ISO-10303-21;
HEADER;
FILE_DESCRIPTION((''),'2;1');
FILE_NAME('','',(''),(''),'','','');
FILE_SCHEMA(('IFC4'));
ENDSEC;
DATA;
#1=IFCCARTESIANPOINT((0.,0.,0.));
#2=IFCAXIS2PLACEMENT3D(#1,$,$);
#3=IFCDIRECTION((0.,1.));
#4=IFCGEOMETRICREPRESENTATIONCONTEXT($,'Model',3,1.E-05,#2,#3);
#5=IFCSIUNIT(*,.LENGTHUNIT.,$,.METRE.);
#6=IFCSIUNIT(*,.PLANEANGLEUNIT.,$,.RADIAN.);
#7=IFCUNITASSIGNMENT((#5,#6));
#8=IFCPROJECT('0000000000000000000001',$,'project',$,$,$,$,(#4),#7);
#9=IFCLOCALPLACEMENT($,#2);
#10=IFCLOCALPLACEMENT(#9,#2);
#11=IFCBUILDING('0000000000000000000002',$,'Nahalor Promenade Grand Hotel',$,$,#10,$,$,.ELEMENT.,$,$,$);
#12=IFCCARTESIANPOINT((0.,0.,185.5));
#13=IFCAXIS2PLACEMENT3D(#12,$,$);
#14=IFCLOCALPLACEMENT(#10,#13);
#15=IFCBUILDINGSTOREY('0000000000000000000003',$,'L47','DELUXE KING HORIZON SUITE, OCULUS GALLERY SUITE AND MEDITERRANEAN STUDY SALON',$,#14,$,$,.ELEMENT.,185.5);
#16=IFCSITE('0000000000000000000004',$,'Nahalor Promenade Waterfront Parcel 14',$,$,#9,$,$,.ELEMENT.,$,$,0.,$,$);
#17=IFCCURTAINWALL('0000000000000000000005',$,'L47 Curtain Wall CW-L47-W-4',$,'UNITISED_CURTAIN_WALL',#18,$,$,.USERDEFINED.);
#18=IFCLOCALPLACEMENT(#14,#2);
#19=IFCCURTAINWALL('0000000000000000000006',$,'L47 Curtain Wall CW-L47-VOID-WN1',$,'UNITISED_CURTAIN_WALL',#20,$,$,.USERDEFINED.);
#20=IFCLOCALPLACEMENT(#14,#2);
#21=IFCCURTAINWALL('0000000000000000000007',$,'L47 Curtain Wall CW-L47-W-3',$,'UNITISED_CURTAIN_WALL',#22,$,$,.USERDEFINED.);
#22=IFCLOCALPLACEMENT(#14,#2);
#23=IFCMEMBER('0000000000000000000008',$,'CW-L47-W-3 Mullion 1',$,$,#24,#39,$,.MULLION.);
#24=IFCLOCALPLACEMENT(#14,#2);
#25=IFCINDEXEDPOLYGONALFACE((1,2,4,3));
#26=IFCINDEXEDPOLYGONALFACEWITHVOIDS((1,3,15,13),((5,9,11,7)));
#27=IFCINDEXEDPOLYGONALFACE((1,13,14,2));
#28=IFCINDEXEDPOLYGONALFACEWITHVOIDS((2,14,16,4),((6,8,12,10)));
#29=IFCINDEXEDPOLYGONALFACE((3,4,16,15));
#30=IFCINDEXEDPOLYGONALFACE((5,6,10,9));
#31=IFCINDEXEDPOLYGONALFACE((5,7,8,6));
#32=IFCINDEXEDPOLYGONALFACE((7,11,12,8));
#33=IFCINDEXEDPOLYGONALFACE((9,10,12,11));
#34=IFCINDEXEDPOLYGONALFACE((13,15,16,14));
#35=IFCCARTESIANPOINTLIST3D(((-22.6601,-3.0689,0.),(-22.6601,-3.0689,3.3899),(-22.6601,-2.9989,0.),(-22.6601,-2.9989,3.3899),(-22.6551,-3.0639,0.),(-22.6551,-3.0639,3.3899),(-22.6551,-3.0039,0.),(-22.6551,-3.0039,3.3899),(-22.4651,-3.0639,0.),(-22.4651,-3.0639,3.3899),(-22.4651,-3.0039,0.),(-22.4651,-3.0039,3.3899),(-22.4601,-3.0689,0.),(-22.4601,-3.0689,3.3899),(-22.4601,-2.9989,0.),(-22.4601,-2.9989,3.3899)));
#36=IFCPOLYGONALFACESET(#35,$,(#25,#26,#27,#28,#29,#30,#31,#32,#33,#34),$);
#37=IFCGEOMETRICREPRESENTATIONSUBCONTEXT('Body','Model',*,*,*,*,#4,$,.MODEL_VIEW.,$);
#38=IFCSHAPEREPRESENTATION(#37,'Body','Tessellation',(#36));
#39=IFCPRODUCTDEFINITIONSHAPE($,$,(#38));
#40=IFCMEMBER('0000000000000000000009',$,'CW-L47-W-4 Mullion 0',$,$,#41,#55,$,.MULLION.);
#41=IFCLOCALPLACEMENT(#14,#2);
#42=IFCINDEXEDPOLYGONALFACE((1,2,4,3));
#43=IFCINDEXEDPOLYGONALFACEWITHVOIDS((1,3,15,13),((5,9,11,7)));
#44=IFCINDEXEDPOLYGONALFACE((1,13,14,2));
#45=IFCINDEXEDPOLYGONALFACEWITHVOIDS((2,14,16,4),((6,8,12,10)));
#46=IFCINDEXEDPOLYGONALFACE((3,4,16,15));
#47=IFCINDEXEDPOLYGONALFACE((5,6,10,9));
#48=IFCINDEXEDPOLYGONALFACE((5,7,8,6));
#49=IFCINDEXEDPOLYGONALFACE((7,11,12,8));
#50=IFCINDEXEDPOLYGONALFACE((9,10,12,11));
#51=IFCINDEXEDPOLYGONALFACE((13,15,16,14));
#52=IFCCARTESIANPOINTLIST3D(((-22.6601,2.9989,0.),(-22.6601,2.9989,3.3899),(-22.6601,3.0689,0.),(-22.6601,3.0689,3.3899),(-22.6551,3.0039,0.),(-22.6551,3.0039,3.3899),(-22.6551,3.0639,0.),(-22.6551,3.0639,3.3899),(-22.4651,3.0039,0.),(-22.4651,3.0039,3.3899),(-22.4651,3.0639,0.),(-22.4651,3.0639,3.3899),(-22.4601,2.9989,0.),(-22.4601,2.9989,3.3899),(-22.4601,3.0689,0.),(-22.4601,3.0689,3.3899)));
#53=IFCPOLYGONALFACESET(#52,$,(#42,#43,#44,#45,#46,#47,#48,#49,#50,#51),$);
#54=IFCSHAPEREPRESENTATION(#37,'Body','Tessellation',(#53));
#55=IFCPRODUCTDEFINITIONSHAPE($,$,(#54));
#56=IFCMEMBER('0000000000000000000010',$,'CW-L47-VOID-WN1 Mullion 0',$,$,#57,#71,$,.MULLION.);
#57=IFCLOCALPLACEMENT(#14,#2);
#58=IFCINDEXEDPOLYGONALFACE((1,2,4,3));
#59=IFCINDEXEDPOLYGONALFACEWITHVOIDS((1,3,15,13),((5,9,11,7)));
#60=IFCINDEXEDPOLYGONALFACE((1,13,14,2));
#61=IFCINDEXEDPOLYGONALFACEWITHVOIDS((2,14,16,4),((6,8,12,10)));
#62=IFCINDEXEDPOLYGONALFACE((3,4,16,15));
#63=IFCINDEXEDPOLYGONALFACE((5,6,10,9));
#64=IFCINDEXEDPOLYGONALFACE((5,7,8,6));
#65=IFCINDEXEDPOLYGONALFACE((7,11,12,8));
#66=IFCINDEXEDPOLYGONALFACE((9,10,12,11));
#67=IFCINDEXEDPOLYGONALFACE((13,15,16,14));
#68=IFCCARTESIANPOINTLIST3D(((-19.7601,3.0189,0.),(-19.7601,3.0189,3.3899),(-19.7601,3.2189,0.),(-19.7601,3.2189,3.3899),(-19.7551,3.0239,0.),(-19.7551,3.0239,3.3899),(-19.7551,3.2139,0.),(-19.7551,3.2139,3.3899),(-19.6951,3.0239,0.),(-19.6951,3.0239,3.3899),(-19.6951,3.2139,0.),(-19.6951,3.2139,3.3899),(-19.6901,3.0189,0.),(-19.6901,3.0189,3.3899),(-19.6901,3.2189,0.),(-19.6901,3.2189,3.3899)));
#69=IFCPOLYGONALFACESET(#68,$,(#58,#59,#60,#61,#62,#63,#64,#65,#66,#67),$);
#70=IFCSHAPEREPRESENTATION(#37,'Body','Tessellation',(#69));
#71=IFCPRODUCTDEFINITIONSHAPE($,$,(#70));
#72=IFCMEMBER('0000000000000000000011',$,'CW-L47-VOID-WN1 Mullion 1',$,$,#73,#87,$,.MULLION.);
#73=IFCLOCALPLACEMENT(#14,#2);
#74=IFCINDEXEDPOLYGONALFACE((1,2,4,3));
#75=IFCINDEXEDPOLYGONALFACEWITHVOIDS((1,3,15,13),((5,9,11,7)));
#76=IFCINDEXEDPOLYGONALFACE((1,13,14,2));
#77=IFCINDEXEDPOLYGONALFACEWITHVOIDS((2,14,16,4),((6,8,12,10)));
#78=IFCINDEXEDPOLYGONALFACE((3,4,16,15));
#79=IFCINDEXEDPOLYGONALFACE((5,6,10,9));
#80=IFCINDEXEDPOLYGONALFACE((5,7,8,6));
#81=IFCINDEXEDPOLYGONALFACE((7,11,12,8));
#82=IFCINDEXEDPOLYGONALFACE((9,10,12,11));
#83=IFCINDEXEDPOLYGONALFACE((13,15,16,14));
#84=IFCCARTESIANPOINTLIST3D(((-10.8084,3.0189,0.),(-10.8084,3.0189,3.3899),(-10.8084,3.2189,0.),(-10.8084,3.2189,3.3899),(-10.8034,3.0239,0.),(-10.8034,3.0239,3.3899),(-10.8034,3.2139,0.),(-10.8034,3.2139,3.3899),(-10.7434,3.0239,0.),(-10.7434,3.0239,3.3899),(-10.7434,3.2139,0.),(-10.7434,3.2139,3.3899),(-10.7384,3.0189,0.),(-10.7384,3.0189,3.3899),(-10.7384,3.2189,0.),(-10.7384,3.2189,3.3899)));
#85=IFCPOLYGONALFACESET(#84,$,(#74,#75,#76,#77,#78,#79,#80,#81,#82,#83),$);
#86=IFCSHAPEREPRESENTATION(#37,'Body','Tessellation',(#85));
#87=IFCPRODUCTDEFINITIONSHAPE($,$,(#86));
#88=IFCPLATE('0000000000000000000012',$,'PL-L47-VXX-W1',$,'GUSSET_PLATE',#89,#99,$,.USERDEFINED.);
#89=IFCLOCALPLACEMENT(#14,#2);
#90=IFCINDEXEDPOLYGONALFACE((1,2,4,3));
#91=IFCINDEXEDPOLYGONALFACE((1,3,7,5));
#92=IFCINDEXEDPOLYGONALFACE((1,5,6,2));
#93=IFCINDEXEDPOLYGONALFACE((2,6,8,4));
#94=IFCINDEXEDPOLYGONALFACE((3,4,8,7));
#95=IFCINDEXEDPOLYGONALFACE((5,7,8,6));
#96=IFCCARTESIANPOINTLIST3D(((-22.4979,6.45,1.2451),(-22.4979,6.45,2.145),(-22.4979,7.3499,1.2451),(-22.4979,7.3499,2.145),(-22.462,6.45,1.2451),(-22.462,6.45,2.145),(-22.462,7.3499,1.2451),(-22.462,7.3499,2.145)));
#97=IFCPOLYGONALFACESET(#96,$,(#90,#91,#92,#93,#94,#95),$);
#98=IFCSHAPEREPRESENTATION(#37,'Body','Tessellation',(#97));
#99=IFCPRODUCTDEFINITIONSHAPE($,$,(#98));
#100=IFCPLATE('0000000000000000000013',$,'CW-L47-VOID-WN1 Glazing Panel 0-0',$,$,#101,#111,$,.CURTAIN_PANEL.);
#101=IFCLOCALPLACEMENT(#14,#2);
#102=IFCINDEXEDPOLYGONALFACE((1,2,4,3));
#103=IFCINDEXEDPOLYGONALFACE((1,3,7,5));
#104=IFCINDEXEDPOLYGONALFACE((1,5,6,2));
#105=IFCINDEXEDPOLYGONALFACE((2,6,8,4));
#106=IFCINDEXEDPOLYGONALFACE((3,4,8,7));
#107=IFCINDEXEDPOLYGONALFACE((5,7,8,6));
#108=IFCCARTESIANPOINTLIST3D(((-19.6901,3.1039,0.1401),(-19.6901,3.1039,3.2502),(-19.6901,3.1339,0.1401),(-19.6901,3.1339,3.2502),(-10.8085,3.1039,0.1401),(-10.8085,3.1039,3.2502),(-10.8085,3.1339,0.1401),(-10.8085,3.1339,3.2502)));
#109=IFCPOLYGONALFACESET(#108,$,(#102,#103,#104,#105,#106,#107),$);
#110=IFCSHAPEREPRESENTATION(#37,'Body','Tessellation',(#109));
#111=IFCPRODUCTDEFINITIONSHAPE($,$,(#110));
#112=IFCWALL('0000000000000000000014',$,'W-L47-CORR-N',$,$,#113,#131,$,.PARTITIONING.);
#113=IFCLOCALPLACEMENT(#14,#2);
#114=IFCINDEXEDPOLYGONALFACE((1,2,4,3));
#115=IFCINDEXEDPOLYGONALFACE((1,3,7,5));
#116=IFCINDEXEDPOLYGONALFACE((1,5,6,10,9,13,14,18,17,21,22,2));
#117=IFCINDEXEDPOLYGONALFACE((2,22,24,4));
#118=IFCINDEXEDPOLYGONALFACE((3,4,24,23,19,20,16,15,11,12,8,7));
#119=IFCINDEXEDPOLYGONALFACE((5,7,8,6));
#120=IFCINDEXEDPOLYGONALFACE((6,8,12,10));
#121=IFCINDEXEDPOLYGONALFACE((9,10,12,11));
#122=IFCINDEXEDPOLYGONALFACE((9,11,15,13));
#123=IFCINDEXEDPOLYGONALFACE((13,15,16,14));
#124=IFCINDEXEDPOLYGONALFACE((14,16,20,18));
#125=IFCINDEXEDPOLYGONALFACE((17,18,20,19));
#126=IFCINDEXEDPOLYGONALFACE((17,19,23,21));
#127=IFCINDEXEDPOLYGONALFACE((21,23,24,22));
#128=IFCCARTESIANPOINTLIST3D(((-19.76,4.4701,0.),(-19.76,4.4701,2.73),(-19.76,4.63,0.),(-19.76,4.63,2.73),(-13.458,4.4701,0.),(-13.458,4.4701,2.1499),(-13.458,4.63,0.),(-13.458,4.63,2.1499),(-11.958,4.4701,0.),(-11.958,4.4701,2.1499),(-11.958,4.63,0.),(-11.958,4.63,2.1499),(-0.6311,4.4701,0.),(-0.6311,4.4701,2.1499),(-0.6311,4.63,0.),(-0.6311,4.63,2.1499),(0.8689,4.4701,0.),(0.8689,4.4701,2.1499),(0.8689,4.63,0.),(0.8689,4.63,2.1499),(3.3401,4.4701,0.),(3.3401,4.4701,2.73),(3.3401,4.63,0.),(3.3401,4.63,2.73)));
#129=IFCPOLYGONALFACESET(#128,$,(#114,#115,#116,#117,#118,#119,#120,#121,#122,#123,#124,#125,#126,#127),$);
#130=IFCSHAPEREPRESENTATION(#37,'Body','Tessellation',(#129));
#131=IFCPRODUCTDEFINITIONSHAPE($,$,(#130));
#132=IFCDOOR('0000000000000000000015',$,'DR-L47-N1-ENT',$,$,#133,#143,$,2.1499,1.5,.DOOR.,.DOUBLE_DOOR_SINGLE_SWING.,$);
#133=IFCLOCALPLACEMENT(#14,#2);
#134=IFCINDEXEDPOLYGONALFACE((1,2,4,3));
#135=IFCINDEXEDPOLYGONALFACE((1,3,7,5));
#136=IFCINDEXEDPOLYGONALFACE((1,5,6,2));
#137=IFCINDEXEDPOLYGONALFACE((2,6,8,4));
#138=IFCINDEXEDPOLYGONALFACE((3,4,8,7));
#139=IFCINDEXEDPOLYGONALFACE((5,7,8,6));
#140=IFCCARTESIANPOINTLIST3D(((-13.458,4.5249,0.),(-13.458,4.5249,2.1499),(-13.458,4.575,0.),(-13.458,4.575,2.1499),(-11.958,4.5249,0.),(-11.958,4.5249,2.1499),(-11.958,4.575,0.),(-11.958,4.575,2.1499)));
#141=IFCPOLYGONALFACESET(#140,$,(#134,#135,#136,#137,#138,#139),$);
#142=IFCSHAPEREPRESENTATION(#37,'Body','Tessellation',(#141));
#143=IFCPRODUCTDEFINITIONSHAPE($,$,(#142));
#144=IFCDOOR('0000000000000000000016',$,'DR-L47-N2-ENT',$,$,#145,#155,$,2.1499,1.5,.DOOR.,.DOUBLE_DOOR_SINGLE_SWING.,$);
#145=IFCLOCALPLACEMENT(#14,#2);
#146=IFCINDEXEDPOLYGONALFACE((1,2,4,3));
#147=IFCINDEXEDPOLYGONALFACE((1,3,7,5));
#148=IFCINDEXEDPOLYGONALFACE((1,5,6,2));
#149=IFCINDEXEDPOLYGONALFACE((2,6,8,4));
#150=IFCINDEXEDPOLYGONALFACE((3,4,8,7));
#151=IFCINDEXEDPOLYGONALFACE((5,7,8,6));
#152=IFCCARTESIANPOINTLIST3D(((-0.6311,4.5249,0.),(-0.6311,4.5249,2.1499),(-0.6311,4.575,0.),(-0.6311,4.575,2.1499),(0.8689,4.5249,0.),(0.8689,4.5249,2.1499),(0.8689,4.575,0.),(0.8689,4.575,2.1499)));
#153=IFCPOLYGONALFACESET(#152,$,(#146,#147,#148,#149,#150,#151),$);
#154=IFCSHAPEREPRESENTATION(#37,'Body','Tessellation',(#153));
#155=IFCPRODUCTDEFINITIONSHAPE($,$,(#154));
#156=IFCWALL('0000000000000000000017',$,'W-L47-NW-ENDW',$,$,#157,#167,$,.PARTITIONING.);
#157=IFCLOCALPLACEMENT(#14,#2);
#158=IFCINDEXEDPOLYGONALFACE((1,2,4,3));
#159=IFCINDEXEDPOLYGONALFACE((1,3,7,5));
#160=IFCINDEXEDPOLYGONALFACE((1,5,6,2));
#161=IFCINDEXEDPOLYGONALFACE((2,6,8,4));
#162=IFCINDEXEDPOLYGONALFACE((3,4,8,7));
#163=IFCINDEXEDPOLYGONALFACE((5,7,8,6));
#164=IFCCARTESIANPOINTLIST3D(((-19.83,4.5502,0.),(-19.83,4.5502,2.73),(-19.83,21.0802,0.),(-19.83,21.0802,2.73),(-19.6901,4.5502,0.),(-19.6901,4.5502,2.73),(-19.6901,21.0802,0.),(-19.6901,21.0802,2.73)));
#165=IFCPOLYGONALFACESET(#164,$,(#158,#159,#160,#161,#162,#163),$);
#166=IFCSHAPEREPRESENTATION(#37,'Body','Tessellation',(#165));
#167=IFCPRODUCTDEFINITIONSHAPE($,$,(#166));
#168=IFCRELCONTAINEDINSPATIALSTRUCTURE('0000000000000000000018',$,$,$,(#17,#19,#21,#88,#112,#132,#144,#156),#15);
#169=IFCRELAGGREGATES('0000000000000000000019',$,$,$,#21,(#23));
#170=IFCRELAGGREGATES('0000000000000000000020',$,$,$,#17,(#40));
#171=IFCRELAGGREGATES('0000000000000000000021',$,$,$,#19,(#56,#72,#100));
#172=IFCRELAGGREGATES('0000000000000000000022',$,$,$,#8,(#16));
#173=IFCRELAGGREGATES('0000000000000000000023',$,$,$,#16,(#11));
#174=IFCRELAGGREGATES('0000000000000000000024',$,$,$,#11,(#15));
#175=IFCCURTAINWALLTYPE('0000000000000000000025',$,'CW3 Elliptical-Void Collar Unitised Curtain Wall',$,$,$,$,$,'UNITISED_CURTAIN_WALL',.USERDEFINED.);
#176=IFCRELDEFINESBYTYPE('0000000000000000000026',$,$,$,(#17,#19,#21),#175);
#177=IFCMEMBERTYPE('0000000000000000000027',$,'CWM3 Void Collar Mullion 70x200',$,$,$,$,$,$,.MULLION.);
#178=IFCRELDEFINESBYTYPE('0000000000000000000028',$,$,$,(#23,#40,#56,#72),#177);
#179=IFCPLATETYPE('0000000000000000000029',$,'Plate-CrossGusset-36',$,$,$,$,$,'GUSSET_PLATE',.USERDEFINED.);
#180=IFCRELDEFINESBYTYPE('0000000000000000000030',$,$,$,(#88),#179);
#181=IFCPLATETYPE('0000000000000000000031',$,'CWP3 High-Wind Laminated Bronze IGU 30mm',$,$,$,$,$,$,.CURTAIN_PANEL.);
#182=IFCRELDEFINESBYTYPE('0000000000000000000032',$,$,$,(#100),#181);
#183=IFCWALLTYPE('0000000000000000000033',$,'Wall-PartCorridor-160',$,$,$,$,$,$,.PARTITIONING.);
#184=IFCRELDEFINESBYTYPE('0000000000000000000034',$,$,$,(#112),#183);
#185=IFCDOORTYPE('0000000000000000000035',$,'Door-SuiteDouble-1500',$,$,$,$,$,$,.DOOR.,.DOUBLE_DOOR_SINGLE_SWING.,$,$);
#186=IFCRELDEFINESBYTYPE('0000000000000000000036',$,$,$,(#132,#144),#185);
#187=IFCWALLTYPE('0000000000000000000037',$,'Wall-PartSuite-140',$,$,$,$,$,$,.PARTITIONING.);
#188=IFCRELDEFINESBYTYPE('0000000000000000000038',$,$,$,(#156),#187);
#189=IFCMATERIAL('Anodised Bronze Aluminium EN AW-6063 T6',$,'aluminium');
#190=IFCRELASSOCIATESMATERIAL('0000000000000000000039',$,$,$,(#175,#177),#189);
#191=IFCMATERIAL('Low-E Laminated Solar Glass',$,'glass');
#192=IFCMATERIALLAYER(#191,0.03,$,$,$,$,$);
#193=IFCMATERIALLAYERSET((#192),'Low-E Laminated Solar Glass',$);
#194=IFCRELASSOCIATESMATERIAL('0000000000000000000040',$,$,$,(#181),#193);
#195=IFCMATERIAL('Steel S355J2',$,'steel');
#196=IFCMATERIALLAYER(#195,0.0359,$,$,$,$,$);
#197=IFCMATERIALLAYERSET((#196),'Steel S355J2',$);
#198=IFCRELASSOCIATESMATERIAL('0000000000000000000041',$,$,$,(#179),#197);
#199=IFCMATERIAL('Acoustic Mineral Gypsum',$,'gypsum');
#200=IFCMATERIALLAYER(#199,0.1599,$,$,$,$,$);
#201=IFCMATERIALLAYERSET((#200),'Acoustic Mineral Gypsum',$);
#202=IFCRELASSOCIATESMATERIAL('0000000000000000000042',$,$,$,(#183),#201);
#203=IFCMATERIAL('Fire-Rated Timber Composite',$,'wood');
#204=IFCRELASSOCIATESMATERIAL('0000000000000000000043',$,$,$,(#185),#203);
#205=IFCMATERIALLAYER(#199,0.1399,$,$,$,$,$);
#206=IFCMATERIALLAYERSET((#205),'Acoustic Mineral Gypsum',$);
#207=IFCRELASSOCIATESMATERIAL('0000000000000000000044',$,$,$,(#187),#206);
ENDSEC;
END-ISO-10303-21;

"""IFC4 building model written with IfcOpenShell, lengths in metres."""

from ifc_helpers import new_model, si_unit, direction, frame, frame_2d, origin, origin_2d, place, context, subcontext, project, spatial, rectangle, hollow_rectangle, extrude, source, transform, mapped, material, layer, layer_set, material_profile, profile_set, type_object, element, fill, aggregate, save


model = new_model("IFC4")

# Units and contexts
model_context = context("Model", 3, precision=1e-05, world=origin(), true_north=direction((0.0, 1.0)))
body_context = subcontext(model_context, "Body", "Model", "MODEL_VIEW")
ifc_project = project(units=[si_unit("LENGTHUNIT", "METRE"), si_unit("PLANEANGLEUNIT", "RADIAN")], contexts=[model_context])

# Site, building, storey
site_placement = place(None, origin())
site = spatial("IfcSite", under=ifc_project, at=site_placement, Name="Nahalor Promenade Waterfront Parcel 14", CompositionType="ELEMENT", RefElevation=0.0)
building_placement = place(site_placement, origin())
building = spatial("IfcBuilding", under=site, at=building_placement, Name="Nahalor Promenade Grand Hotel", CompositionType="ELEMENT")
storey_placement = place(building_placement, frame((0.0, 0.0, 185.5)))
storey = spatial("IfcBuildingStorey", under=building, at=storey_placement, Name="L47", Description="DELUXE KING HORIZON SUITE, OCULUS GALLERY SUITE AND MEDITERRANEAN STUDY SALON", CompositionType="ELEMENT", Elevation=185.5)

# Shared definitions
ifc_material_1 = material(Name="Steel S355J2", Category="steel")

# Curtain walls
ifc_material_2 = material(Name="Anodised Bronze Aluminium EN AW-6063 T6", Category="aluminium")
curtain_wall_type = type_object("IfcCurtainWallType", Name="CW3 Elliptical-Void Collar Unitised Curtain Wall", ElementType="UNITISED_CURTAIN_WALL", PredefinedType="USERDEFINED", material=ifc_material_2)
curtain_wall_1_placement = place(storey_placement, origin())
curtain_wall_1 = element("IfcCurtainWall", 1, at=curtain_wall_1_placement, inside=storey, type_object=curtain_wall_type, Name="L47 Curtain Wall CW-L47-W-4", ObjectType="UNITISED_CURTAIN_WALL", PredefinedType="USERDEFINED")
curtain_wall_2_placement = place(storey_placement, origin())
curtain_wall_2 = element("IfcCurtainWall", 2, at=curtain_wall_2_placement, inside=storey, type_object=curtain_wall_type, Name="L47 Curtain Wall CW-L47-VOID-WN1", ObjectType="UNITISED_CURTAIN_WALL", PredefinedType="USERDEFINED")

# Curtain wall, member
curtain_wall_3_placement = place(storey_placement, origin())
curtain_wall_3 = element("IfcCurtainWall", 3, at=curtain_wall_3_placement, inside=storey, type_object=curtain_wall_type, Name="L47 Curtain Wall CW-L47-W-3", ObjectType="UNITISED_CURTAIN_WALL", PredefinedType="USERDEFINED")
ifc_material_profile_1 = material_profile(ifc_material_2, hollow_rectangle(XDim=0.07, YDim=0.2, WallThickness=0.005, at=origin_2d()), Name="CWM 70x200x5")
ifc_profile_set_1 = profile_set([ifc_material_profile_1], Name="Anodised Bronze Aluminium EN AW-6063 T6")
member_type_1 = type_object("IfcMemberType", Name="CWM3 Void Collar Mullion 70x200", PredefinedType="MULLION", material=ifc_profile_set_1)
shared_shape_1 = source(origin(), body_context, "Body", "SweptSolid", [
    extrude(hollow_rectangle(XDim=0.07, YDim=0.2, WallThickness=0.005, at=origin_2d()), origin(), (0.0, 0.0, 1.0), 3.3899),
])
member_1_placement = place(storey_placement, frame((-22.5601, -3.0339, 0.0), z_axis=(0.0, 0.0, 1.0), x_axis=(0.0, 1.0, 0.0)))
member_1 = element("IfcMember", 4, at=member_1_placement, type_object=member_type_1, Name="CW-L47-W-3 Mullion 1", PredefinedType="MULLION", context=body_context, shape_type="MappedRepresentation", body=[
    mapped(shared_shape_1, transform((0.0, 0.0, 0.0), scale=1.0)),
])
aggregate(curtain_wall_3, [member_1])

# Members
member_2_placement = place(storey_placement, frame((-22.5601, 3.0339, 0.0), z_axis=(0.0, 0.0, 1.0), x_axis=(0.0, 1.0, 0.0)))
member_2 = element("IfcMember", 5, at=member_2_placement, type_object=member_type_1, Name="CW-L47-W-4 Mullion 0", PredefinedType="MULLION", context=body_context, shape_type="MappedRepresentation", body=[
    mapped(shared_shape_1, transform((0.0, 0.0, 0.0), scale=1.0)),
])
member_3_placement = place(storey_placement, frame((-19.7251, 3.1189, 0.0), z_axis=(0.0, 0.0, 1.0), x_axis=(1.0, 0.0, 0.0)))
member_3 = element("IfcMember", 6, at=member_3_placement, type_object=member_type_1, Name="CW-L47-VOID-WN1 Mullion 0", PredefinedType="MULLION", context=body_context, shape_type="MappedRepresentation", body=[
    mapped(shared_shape_1, transform((0.0, 0.0, 0.0), scale=1.0)),
])
member_4_placement = place(storey_placement, frame((-10.7734, 3.1189, 0.0), z_axis=(0.0, 0.0, 1.0), x_axis=(1.0, 0.0, 0.0)))
member_4 = element("IfcMember", 7, at=member_4_placement, type_object=member_type_1, Name="CW-L47-VOID-WN1 Mullion 1", PredefinedType="MULLION", context=body_context, shape_type="MappedRepresentation", body=[
    mapped(shared_shape_1, transform((0.0, 0.0, 0.0), scale=1.0)),
])

# Plates
ifc_material_3 = material(Name="Low-E Laminated Solar Glass", Category="glass")
ifc_layer_1 = layer(ifc_material_3, 0.03)
ifc_layer_set_1 = layer_set([ifc_layer_1], Name="Low-E Laminated Solar Glass")
plate_type_1 = type_object("IfcPlateType", Name="CWP3 High-Wind Laminated Bronze IGU 30mm", PredefinedType="CURTAIN_PANEL", material=ifc_layer_set_1)
aggregate(curtain_wall_1, [member_2])
ifc_layer_2 = layer(ifc_material_1, 0.0359)
ifc_layer_set_2 = layer_set([ifc_layer_2], Name="Steel S355J2")
plate_type_2 = type_object("IfcPlateType", Name="Plate-CrossGusset-36", ElementType="GUSSET_PLATE", PredefinedType="USERDEFINED", material=ifc_layer_set_2)
shared_shape_2 = source(origin(), body_context, "Body", "SweptSolid", [
    extrude(rectangle(XDim=0.8999, YDim=0.0359, at=origin_2d()), origin(), (0.0, 0.0, 1.0), 0.8999),
])
plate_1_placement = place(storey_placement, frame((-22.48, 6.8999, 1.2451), z_axis=(0.0, 0.0, 1.0), x_axis=(0.0, 1.0, 0.0)))
element("IfcPlate", 8, at=plate_1_placement, inside=storey, type_object=plate_type_2, Name="PL-L47-VXX-W1", ObjectType="GUSSET_PLATE", PredefinedType="USERDEFINED", context=body_context, shape_type="MappedRepresentation", body=[
    mapped(shared_shape_2, transform((0.0, 0.0, 0.0), scale=1.0)),
])
shared_shape_3 = source(origin(), body_context, "Body", "SweptSolid", [
    extrude(rectangle(XDim=8.8816, YDim=0.03, at=origin_2d()), origin(), (0.0, 0.0, 1.0), 3.1101),
])
plate_2_placement = place(storey_placement, frame((-15.2493, 3.1189, 0.1401), z_axis=(0.0, 0.0, 1.0), x_axis=(1.0, 0.0, 0.0)))
plate_2 = element("IfcPlate", 9, at=plate_2_placement, type_object=plate_type_1, Name="CW-L47-VOID-WN1 Glazing Panel 0-0", PredefinedType="CURTAIN_PANEL", context=body_context, shape_type="MappedRepresentation", body=[
    mapped(shared_shape_3, transform((0.0, 0.0, 0.0), scale=1.0)),
])
aggregate(curtain_wall_2, [member_3, member_4, plate_2])

# Wall, openings, doors
ifc_material_4 = material(Name="Acoustic Mineral Gypsum", Category="gypsum")
ifc_layer_3 = layer(ifc_material_4, 0.1599)
ifc_layer_set_3 = layer_set([ifc_layer_3], Name="Acoustic Mineral Gypsum")
wall_type_1 = type_object("IfcWallType", Name="Wall-PartCorridor-160", PredefinedType="PARTITIONING", material=ifc_layer_set_3)
shared_shape_4 = source(origin(), body_context, "Body", "SweptSolid", [
    extrude(rectangle(XDim=23.1001, YDim=0.1599, at=frame_2d((11.55, 0.0))), origin(), (0.0, 0.0, 1.0), 2.73),
])
wall_1_placement = place(storey_placement, frame((-19.76, 4.55, 0.0), z_axis=(0.0, 0.0, 1.0), x_axis=(1.0, 0.0, 0.0)))
wall_1 = element("IfcWall", 10, at=wall_1_placement, inside=storey, type_object=wall_type_1, Name="W-L47-CORR-N", PredefinedType="PARTITIONING", context=body_context, shape_type="MappedRepresentation", body=[
    mapped(shared_shape_4, transform((0.0, 0.0, 0.0), scale=1.0)),
])
opening_1_placement = place(wall_1_placement, frame((6.302, 0.0, 0.0)))
opening_1 = element("IfcOpeningElement", 11, at=opening_1_placement, cuts=wall_1, PredefinedType="OPENING", context=body_context, shape_type="SweptSolid", body=[
    extrude(rectangle(XDim=1.5, YDim=2.1499, at=frame_2d((0.75, 1.075))), frame((0.0, 0.0898, 0.0), z_axis=(0.0, -1.0, 0.0), x_axis=(1.0, 0.0, 0.0)), (0.0, 0.0, 1.0), 0.1799),
])
opening_2_placement = place(wall_1_placement, frame((19.1289, 0.0, 0.0)))
opening_2 = element("IfcOpeningElement", 12, at=opening_2_placement, cuts=wall_1, PredefinedType="OPENING", context=body_context, shape_type="SweptSolid", body=[
    extrude(rectangle(XDim=1.5, YDim=2.1499, at=frame_2d((0.75, 1.075))), frame((0.0, 0.0898, 0.0), z_axis=(0.0, -1.0, 0.0), x_axis=(1.0, 0.0, 0.0)), (0.0, 0.0, 1.0), 0.1799),
])
ifc_material_5 = material(Name="Fire-Rated Timber Composite", Category="wood")
door_type = type_object("IfcDoorType", Name="Door-SuiteDouble-1500", OperationType="DOUBLE_DOOR_SINGLE_SWING", PredefinedType="DOOR", material=ifc_material_5)
shared_shape_5 = source(origin(), body_context, "Body", "SweptSolid", [
    extrude(rectangle(XDim=1.5, YDim=2.1499, at=frame_2d((0.75, 1.075))), frame((0.0, 0.0249, 0.0), z_axis=(0.0, -1.0, 0.0), x_axis=(1.0, 0.0, 0.0)), (0.0, 0.0, 1.0), 0.05),
])
door_1_placement = place(opening_1_placement, origin())
door_1 = element("IfcDoor", 13, at=door_1_placement, inside=storey, type_object=door_type, Name="DR-L47-N1-ENT", OperationType="DOUBLE_DOOR_SINGLE_SWING", OverallHeight=2.1499, OverallWidth=1.5, PredefinedType="DOOR", context=body_context, shape_type="MappedRepresentation", body=[
    mapped(shared_shape_5, transform((0.0, 0.0, 0.0), scale=1.0)),
])
fill(opening_1, door_1)
door_2_placement = place(opening_2_placement, origin())
door_2 = element("IfcDoor", 14, at=door_2_placement, inside=storey, type_object=door_type, Name="DR-L47-N2-ENT", OperationType="DOUBLE_DOOR_SINGLE_SWING", OverallHeight=2.1499, OverallWidth=1.5, PredefinedType="DOOR", context=body_context, shape_type="MappedRepresentation", body=[
    mapped(shared_shape_5, transform((0.0, 0.0, 0.0), scale=1.0)),
])
fill(opening_2, door_2)

# Wall
ifc_layer_4 = layer(ifc_material_4, 0.1399)
ifc_layer_set_4 = layer_set([ifc_layer_4], Name="Acoustic Mineral Gypsum")
wall_type_2 = type_object("IfcWallType", Name="Wall-PartSuite-140", PredefinedType="PARTITIONING", material=ifc_layer_set_4)
shared_shape_6 = source(origin(), body_context, "Body", "SweptSolid", [
    extrude(rectangle(XDim=16.53, YDim=0.1399, at=frame_2d((8.2651, 0.0))), origin(), (0.0, 0.0, 1.0), 2.73),
])
wall_2_placement = place(storey_placement, frame((-19.76, 4.55, 0.0), z_axis=(0.0, 0.0, 1.0), x_axis=(0.0, 1.0, 0.0)))
element("IfcWall", 15, at=wall_2_placement, inside=storey, type_object=wall_type_2, Name="W-L47-NW-ENDW", PredefinedType="PARTITIONING", context=body_context, shape_type="MappedRepresentation", body=[
    mapped(shared_shape_6, transform((0.0, 0.0, 0.0), scale=1.0)),
])

save(model, "model.ifc")
